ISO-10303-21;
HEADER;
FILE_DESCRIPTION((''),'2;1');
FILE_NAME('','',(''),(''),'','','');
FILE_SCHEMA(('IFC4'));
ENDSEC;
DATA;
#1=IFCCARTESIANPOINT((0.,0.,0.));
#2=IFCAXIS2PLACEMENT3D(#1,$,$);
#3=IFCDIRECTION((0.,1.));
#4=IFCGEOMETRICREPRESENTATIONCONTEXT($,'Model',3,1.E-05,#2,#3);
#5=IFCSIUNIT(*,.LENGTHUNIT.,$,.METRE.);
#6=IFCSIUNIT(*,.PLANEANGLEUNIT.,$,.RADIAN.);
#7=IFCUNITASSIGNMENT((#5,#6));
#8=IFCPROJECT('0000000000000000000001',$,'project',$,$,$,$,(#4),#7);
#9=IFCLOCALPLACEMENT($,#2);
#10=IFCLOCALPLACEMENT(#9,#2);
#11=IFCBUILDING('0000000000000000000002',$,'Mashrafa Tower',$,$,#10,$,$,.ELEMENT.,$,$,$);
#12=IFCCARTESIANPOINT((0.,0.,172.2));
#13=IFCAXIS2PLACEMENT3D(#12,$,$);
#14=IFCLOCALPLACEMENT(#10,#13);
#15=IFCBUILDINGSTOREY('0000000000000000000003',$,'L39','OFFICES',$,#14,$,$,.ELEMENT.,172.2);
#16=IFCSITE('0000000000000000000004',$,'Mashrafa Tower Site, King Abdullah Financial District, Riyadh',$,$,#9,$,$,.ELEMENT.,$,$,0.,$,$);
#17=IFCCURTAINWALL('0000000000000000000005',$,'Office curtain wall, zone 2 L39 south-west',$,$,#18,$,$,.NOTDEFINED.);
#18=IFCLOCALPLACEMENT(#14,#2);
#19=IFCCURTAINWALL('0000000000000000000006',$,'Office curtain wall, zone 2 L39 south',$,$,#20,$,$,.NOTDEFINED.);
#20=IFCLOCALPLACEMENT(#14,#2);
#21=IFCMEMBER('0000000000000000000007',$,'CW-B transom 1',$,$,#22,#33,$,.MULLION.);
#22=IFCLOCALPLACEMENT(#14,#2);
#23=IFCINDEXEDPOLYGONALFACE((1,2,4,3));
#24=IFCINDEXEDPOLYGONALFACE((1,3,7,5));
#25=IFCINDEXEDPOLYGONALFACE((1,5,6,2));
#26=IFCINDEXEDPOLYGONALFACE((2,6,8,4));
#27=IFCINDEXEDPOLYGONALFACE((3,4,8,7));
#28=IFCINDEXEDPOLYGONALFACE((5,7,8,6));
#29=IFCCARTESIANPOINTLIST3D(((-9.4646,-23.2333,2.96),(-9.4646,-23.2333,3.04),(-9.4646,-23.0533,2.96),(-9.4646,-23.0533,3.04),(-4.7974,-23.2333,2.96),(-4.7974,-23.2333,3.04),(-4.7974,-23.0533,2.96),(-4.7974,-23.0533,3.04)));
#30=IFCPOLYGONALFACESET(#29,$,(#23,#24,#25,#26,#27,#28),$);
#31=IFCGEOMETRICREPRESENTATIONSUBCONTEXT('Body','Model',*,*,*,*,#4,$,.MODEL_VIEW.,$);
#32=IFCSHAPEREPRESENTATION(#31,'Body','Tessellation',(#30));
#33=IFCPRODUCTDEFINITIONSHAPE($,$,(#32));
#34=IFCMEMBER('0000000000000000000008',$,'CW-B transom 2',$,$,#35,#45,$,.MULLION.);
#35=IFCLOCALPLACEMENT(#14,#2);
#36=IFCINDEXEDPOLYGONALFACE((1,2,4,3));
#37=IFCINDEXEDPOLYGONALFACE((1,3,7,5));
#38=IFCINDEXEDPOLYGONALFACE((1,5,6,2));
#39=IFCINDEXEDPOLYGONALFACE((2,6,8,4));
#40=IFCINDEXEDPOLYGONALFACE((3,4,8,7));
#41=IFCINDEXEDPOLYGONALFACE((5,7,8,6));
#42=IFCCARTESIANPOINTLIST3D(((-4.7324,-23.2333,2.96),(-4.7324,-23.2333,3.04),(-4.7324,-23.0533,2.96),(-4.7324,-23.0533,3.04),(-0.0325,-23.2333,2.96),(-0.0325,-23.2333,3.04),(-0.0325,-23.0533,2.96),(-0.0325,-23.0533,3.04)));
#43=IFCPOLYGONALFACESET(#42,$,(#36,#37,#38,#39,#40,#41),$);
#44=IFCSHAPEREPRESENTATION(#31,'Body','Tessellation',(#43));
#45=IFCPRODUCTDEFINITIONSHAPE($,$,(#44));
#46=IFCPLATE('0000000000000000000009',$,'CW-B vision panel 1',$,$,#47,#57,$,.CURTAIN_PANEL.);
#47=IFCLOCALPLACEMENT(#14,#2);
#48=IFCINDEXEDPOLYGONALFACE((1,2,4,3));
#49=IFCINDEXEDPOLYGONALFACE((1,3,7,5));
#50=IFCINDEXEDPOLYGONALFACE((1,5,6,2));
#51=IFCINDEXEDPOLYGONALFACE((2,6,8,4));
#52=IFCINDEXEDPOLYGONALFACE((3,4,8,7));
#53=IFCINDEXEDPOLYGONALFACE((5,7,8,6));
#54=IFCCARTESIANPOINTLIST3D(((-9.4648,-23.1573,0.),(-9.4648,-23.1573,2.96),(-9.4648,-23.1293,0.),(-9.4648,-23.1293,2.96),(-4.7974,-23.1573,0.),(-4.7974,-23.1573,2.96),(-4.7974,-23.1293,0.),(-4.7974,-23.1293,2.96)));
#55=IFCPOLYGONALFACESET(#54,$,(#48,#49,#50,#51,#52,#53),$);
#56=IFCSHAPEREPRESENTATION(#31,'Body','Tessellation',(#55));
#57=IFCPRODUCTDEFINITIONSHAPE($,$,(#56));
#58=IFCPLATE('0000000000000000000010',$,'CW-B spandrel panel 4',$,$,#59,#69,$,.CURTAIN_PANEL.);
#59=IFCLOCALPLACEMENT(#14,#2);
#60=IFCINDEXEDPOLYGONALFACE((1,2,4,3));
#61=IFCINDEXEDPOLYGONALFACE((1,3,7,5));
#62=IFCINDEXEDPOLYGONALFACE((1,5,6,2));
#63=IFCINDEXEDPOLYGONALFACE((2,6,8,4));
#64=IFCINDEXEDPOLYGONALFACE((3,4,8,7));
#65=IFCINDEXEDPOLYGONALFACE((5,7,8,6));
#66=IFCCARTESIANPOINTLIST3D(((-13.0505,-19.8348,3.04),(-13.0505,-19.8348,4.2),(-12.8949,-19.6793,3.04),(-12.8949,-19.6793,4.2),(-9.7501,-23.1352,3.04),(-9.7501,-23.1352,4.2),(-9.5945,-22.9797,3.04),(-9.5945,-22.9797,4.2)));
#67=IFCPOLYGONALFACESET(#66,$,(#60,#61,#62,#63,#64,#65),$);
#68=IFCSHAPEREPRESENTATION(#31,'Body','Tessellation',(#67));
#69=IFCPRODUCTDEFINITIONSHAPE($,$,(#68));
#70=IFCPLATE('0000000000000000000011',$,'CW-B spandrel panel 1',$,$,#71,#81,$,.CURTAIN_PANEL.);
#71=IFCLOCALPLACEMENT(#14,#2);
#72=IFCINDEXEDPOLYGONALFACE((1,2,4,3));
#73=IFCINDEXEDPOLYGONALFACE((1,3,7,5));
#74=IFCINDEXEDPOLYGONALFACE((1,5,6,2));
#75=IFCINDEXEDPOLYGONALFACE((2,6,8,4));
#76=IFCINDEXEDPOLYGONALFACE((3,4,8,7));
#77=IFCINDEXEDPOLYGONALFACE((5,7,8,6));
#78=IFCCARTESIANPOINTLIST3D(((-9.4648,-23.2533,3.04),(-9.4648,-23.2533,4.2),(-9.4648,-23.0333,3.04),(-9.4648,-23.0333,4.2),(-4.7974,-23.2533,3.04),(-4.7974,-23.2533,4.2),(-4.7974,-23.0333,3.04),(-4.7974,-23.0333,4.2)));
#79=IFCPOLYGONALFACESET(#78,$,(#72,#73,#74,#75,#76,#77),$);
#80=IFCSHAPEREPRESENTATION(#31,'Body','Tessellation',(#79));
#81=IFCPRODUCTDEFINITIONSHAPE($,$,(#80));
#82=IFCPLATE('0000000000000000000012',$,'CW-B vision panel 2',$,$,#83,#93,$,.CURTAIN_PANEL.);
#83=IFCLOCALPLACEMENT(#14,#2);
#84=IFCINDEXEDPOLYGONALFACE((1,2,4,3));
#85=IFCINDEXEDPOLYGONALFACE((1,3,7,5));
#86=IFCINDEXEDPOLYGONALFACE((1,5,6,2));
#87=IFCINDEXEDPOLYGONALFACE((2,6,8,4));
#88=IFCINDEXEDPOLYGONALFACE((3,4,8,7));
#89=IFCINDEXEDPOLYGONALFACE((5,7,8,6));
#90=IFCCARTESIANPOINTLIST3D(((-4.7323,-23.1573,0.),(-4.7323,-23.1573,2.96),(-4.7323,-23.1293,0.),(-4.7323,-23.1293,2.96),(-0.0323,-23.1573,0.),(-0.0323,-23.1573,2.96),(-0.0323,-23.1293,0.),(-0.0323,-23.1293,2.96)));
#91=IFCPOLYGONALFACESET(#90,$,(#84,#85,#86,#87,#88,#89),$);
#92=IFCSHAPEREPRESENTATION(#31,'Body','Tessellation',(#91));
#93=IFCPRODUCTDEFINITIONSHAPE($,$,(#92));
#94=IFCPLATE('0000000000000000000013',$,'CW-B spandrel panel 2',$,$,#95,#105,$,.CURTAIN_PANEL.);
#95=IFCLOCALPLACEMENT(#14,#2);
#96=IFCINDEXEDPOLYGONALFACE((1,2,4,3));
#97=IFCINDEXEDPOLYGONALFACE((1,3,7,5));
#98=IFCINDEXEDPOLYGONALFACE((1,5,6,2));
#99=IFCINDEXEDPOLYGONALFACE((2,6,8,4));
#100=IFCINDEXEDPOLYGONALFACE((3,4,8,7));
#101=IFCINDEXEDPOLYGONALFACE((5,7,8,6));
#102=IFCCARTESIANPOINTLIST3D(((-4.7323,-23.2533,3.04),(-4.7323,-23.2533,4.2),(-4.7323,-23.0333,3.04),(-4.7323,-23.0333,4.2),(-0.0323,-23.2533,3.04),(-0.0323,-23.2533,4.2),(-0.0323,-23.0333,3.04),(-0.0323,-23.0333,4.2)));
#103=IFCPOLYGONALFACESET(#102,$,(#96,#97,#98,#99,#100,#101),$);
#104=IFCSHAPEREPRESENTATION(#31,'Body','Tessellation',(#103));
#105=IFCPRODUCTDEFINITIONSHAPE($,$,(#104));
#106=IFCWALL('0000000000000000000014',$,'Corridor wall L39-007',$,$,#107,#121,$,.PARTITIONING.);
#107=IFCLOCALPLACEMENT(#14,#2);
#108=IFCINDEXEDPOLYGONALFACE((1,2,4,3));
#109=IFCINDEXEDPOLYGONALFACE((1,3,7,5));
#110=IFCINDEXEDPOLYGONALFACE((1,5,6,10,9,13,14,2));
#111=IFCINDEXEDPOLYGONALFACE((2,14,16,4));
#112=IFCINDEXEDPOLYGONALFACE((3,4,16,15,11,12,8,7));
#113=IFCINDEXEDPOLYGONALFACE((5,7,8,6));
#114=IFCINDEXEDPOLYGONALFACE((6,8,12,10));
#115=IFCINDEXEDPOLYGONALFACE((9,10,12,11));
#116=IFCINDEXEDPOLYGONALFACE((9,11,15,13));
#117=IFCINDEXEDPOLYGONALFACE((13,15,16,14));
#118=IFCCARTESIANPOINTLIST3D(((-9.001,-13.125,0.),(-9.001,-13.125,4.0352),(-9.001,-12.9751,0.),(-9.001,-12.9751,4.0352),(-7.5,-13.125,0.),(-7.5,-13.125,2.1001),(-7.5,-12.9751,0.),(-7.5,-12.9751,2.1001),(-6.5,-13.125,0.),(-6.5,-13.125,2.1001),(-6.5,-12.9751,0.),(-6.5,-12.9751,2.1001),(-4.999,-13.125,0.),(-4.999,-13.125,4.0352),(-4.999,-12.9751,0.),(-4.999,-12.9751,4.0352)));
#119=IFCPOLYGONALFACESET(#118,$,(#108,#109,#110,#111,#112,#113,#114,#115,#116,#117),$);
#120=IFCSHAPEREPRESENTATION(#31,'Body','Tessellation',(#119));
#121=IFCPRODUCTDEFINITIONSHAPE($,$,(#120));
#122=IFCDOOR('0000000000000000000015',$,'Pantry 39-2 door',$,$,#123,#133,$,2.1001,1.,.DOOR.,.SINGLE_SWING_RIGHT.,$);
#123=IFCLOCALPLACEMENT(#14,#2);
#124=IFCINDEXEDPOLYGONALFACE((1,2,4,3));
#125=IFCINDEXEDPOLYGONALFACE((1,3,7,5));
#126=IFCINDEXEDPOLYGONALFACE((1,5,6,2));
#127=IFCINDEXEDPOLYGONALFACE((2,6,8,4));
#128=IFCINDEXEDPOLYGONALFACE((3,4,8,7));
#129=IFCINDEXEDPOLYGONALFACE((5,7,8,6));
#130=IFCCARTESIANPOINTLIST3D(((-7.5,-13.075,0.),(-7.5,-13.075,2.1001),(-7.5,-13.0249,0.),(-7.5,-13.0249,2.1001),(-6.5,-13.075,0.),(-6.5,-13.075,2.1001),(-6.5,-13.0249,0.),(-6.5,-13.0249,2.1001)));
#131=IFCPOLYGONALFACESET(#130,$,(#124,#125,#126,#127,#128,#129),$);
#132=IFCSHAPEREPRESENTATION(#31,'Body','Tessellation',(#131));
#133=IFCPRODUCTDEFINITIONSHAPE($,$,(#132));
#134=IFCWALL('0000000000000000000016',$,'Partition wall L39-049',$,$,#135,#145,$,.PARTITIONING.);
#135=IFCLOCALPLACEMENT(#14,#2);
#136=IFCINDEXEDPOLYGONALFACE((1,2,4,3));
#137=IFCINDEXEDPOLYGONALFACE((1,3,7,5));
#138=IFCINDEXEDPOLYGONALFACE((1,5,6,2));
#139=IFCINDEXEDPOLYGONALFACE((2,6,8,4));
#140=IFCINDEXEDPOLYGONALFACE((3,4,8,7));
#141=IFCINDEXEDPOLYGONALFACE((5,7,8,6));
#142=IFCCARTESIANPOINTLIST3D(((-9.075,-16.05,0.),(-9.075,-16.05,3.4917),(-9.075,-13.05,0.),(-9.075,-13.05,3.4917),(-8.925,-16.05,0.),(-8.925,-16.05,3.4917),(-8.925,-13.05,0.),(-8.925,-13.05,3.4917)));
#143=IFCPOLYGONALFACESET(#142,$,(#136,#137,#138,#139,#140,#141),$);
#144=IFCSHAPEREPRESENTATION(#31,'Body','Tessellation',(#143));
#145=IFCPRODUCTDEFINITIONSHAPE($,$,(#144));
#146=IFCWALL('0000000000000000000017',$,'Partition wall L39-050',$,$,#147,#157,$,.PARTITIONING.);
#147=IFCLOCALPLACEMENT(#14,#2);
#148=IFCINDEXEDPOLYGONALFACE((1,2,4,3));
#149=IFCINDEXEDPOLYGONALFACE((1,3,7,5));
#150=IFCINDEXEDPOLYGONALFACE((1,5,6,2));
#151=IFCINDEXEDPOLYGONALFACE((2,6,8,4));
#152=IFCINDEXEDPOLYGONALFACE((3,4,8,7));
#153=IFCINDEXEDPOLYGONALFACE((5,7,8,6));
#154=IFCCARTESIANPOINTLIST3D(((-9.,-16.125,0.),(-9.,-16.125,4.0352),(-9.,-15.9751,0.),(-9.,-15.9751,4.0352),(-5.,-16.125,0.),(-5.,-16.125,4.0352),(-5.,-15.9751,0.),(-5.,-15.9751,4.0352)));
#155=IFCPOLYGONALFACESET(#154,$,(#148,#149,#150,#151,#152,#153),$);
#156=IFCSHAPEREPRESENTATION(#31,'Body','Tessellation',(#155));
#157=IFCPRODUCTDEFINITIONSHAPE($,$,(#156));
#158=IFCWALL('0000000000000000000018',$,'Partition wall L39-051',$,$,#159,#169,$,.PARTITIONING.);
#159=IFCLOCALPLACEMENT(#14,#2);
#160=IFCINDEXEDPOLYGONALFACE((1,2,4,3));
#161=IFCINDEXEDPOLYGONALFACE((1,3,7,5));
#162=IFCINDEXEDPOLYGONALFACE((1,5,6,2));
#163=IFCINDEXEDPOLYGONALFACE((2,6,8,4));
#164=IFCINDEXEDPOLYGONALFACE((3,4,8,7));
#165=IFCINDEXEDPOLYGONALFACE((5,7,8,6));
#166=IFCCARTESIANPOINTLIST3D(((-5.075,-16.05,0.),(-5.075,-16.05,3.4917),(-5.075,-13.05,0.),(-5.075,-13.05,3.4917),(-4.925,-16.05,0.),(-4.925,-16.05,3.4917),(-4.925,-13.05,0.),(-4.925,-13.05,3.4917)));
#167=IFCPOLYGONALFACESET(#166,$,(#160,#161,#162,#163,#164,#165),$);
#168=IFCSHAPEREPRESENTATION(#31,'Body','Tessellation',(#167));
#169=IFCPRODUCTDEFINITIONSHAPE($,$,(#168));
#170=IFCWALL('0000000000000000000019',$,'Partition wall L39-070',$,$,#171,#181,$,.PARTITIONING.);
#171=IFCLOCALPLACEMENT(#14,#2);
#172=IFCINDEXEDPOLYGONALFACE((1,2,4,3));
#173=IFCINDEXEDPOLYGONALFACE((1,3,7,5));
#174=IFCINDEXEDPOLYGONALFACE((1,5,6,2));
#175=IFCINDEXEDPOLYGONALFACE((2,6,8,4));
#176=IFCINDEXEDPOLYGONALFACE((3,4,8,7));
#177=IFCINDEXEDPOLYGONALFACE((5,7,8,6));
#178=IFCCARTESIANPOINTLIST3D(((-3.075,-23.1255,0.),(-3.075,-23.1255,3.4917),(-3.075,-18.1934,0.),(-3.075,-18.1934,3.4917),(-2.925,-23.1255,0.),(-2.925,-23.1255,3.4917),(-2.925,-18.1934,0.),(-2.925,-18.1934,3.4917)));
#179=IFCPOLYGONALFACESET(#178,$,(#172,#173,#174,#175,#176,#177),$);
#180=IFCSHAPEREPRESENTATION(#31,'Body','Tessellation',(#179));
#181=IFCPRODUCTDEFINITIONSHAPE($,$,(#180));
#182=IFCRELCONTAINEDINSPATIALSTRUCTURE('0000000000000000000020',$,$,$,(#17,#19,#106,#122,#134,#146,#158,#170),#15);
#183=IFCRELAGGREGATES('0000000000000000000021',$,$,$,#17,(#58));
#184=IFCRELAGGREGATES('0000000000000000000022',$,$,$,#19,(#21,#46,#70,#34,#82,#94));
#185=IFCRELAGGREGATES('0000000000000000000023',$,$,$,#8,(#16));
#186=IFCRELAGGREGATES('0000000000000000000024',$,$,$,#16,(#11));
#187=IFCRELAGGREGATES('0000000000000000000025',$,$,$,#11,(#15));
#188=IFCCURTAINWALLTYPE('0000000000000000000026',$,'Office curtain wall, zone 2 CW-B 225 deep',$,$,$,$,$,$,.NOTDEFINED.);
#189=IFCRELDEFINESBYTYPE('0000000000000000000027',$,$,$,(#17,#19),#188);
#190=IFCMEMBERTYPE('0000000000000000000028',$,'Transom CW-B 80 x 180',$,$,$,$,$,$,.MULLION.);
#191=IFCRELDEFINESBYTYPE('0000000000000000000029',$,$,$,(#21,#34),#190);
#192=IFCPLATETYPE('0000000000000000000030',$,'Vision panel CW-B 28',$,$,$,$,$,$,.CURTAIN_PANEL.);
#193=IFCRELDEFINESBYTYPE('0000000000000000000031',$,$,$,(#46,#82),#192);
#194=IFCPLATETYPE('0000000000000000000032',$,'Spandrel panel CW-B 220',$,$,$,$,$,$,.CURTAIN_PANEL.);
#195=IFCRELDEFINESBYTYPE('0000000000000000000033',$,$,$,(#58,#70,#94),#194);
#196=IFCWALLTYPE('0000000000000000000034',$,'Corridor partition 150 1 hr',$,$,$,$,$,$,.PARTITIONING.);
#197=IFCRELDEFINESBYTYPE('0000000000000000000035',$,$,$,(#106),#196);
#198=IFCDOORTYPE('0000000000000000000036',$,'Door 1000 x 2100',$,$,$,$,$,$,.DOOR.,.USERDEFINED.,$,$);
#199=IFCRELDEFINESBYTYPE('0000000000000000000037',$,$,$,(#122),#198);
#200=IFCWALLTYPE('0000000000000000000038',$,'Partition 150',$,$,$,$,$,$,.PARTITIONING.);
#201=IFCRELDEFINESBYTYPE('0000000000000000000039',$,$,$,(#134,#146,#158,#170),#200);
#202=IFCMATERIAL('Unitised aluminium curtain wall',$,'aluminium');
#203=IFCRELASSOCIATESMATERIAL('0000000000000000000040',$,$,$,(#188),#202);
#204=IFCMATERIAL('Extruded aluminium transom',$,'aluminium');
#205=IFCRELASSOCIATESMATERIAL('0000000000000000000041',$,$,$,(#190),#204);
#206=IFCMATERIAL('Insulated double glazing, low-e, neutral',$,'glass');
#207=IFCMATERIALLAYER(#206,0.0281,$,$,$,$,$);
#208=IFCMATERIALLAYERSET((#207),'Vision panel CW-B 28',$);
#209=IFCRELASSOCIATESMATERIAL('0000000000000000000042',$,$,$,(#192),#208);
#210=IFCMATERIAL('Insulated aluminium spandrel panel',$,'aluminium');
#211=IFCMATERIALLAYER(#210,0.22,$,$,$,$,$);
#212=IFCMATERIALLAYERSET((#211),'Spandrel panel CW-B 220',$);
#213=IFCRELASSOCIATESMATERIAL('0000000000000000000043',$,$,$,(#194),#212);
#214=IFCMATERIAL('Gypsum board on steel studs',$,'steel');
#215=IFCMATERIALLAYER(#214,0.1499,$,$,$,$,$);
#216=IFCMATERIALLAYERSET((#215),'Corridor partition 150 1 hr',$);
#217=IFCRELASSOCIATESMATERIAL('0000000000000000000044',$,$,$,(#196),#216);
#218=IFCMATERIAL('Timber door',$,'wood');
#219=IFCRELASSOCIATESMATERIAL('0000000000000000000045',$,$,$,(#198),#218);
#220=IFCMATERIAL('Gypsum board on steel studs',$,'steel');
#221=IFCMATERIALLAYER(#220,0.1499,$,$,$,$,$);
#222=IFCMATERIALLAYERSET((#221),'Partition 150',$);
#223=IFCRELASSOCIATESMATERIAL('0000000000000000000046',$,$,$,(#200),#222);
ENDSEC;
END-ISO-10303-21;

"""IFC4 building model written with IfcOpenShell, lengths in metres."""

from ifc_helpers import new_model, si_unit, direction, frame, frame_2d, origin, origin_2d, place, context, subcontext, project, spatial, rectangle, extrude, source, transform, mapped, material, layer, layer_set, material_profile, profile_set, type_object, type_shapes, element, fill, aggregate, save


model = new_model("IFC4")

# Units and contexts
model_context = context("Model", 3, precision=1e-05, world=origin(), true_north=direction((0.0, 1.0)))
body_context = subcontext(model_context, "Body", "Model", "MODEL_VIEW")
ifc_project = project(units=[si_unit("LENGTHUNIT", "METRE"), si_unit("PLANEANGLEUNIT", "RADIAN")], contexts=[model_context])

# Site, building, storey
site_placement = place(None, origin())
site = spatial("IfcSite", under=ifc_project, at=site_placement, Name="Mashrafa Tower Site, King Abdullah Financial District, Riyadh", CompositionType="ELEMENT", RefElevation=0.0)
building_placement = place(site_placement, origin())
building = spatial("IfcBuilding", under=site, at=building_placement, Name="Mashrafa Tower", CompositionType="ELEMENT")
storey_placement = place(building_placement, frame((0.0, 0.0, 172.2)))
storey = spatial("IfcBuildingStorey", under=building, at=storey_placement, Name="L39", Description="OFFICES", CompositionType="ELEMENT", Elevation=172.2)

# Curtain wall
ifc_material_1 = material(Name="Unitised aluminium curtain wall", Category="aluminium")
curtain_wall_type = type_object("IfcCurtainWallType", Name="Office curtain wall, zone 2 CW-B 225 deep", PredefinedType="NOTDEFINED", material=ifc_material_1)
curtain_wall_1_placement = place(storey_placement, origin())
curtain_wall_1 = element("IfcCurtainWall", 1, at=curtain_wall_1_placement, inside=storey, type_object=curtain_wall_type, Name="Office curtain wall, zone 2 L39 south-west", PredefinedType="NOTDEFINED")

# Curtain wall, members, plate
curtain_wall_2_placement = place(storey_placement, origin())
curtain_wall_2 = element("IfcCurtainWall", 2, at=curtain_wall_2_placement, inside=storey, type_object=curtain_wall_type, Name="Office curtain wall, zone 2 L39 south", PredefinedType="NOTDEFINED")
ifc_material_2 = material(Name="Extruded aluminium transom", Category="aluminium")
ifc_material_profile_1 = material_profile(ifc_material_2, rectangle(XDim=0.1799, YDim=0.0801, at=origin_2d()), Name="Transom 80x180")
ifc_profile_set_1 = profile_set([ifc_material_profile_1], Name="Extruded aluminium transom")
member_type_1 = type_object("IfcMemberType", Name="Transom CW-B 80 x 180", PredefinedType="MULLION", material=ifc_profile_set_1)
shared_shape_1 = source(origin(), body_context, "Body", "SweptSolid", [
    extrude(rectangle(XDim=0.1799, YDim=0.0801, at=origin_2d()), origin(), (0.0, 0.0, 1.0), 4.6672),
])
member_1_placement = place(storey_placement, frame((-9.4646, -23.1433, 3.0), z_axis=(1.0, 0.0, 0.0), x_axis=(0.0, 1.0, 0.0)))
member_1 = element("IfcMember", 3, at=member_1_placement, type_object=member_type_1, Name="CW-B transom 1", PredefinedType="MULLION", context=body_context, shape_type="MappedRepresentation", body=[
    mapped(shared_shape_1, transform((0.0, 0.0, 0.0))),
])
shared_shape_2 = source(origin(), body_context, "Body", "SweptSolid", [
    extrude(rectangle(XDim=0.1799, YDim=0.0801, at=origin_2d()), origin(), (0.0, 0.0, 1.0), 4.7),
])
type_shapes(member_type_1, [shared_shape_1, shared_shape_2])
member_2_placement = place(storey_placement, frame((-4.7324, -23.1433, 3.0), z_axis=(1.0, 0.0, 0.0), x_axis=(0.0, 1.0, 0.0)))
member_2 = element("IfcMember", 4, at=member_2_placement, type_object=member_type_1, Name="CW-B transom 2", PredefinedType="MULLION", context=body_context, shape_type="MappedRepresentation", body=[
    mapped(shared_shape_2, transform((0.0, 0.0, 0.0))),
])
ifc_material_3 = material(Name="Insulated double glazing, low-e, neutral", Category="glass")
ifc_layer_1 = layer(ifc_material_3, 0.0281)
ifc_layer_set_1 = layer_set([ifc_layer_1], Name="Vision panel CW-B 28")
plate_type_1 = type_object("IfcPlateType", Name="Vision panel CW-B 28", PredefinedType="CURTAIN_PANEL", material=ifc_layer_set_1)
shared_shape_3 = source(origin(), body_context, "Body", "SweptSolid", [
    extrude(rectangle(XDim=4.6675, YDim=0.0281, at=origin_2d()), origin(), (0.0, 0.0, 1.0), 2.96),
])
plate_1_placement = place(storey_placement, frame((-7.1311, -23.1433, 0.0), z_axis=(0.0, 0.0, 1.0), x_axis=(1.0, 0.0, 0.0)))
plate_1 = element("IfcPlate", 5, at=plate_1_placement, type_object=plate_type_1, Name="CW-B vision panel 1", PredefinedType="CURTAIN_PANEL", context=body_context, shape_type="MappedRepresentation", body=[
    mapped(shared_shape_3, transform((0.0, 0.0, 0.0))),
])

# Plates
ifc_material_4 = material(Name="Insulated aluminium spandrel panel", Category="aluminium")
ifc_layer_2 = layer(ifc_material_4, 0.22)
ifc_layer_set_2 = layer_set([ifc_layer_2], Name="Spandrel panel CW-B 220")
plate_type_2 = type_object("IfcPlateType", Name="Spandrel panel CW-B 220", PredefinedType="CURTAIN_PANEL", material=ifc_layer_set_2)
shared_shape_4 = source(origin(), body_context, "Body", "SweptSolid", [
    extrude(rectangle(XDim=4.6675, YDim=0.22, at=origin_2d()), origin(), (0.0, 0.0, 1.0), 1.1599),
])
plate_2_placement = place(storey_placement, frame((-11.3225, -21.4072, 3.04), z_axis=(0.0, 0.0, 1.0), x_axis=(0.707107, -0.707107, 0.0)))
plate_2 = element("IfcPlate", 6, at=plate_2_placement, type_object=plate_type_2, Name="CW-B spandrel panel 4", PredefinedType="CURTAIN_PANEL", context=body_context, shape_type="MappedRepresentation", body=[
    mapped(shared_shape_4, transform((0.0, 0.0, 0.0))),
])
aggregate(curtain_wall_1, [plate_2])
plate_3_placement = place(storey_placement, frame((-7.1311, -23.1433, 3.04), z_axis=(0.0, 0.0, 1.0), x_axis=(1.0, 0.0, 0.0)))
plate_3 = element("IfcPlate", 7, at=plate_3_placement, type_object=plate_type_2, Name="CW-B spandrel panel 1", PredefinedType="CURTAIN_PANEL", context=body_context, shape_type="MappedRepresentation", body=[
    mapped(shared_shape_4, transform((0.0, 0.0, 0.0))),
])
shared_shape_5 = source(origin(), body_context, "Body", "SweptSolid", [
    extrude(rectangle(XDim=4.7, YDim=0.0281, at=origin_2d()), origin(), (0.0, 0.0, 1.0), 2.96),
])
type_shapes(plate_type_1, [shared_shape_3, shared_shape_5])
plate_4_placement = place(storey_placement, frame((-2.3823, -23.1433, 0.0), z_axis=(0.0, 0.0, 1.0), x_axis=(1.0, 0.0, 0.0)))
plate_4 = element("IfcPlate", 8, at=plate_4_placement, type_object=plate_type_1, Name="CW-B vision panel 2", PredefinedType="CURTAIN_PANEL", context=body_context, shape_type="MappedRepresentation", body=[
    mapped(shared_shape_5, transform((0.0, 0.0, 0.0))),
])
shared_shape_6 = source(origin(), body_context, "Body", "SweptSolid", [
    extrude(rectangle(XDim=4.7, YDim=0.22, at=origin_2d()), origin(), (0.0, 0.0, 1.0), 1.1599),
])
type_shapes(plate_type_2, [shared_shape_4, shared_shape_6])
plate_5_placement = place(storey_placement, frame((-2.3823, -23.1433, 3.04), z_axis=(0.0, 0.0, 1.0), x_axis=(1.0, 0.0, 0.0)))
plate_5 = element("IfcPlate", 9, at=plate_5_placement, type_object=plate_type_2, Name="CW-B spandrel panel 2", PredefinedType="CURTAIN_PANEL", context=body_context, shape_type="MappedRepresentation", body=[
    mapped(shared_shape_6, transform((0.0, 0.0, 0.0))),
])
aggregate(curtain_wall_2, [member_1, plate_1, plate_3, member_2, plate_4, plate_5])

# Wall, opening, door
ifc_material_5 = material(Name="Gypsum board on steel studs", Category="steel")
ifc_layer_3 = layer(ifc_material_5, 0.1499)
ifc_layer_set_3 = layer_set([ifc_layer_3], Name="Corridor partition 150 1 hr")
wall_type_1 = type_object("IfcWallType", Name="Corridor partition 150 1 hr", PredefinedType="PARTITIONING", material=ifc_layer_set_3)
wall_1_placement = place(storey_placement, frame((-9.001, -13.05, 0.0), z_axis=(0.0, 0.0, 1.0), x_axis=(1.0, 0.0, 0.0)))
wall_1 = element("IfcWall", 10, at=wall_1_placement, inside=storey, type_object=wall_type_1, Name="Corridor wall L39-007", PredefinedType="PARTITIONING", context=body_context, shape_type="SweptSolid", body=[
    extrude(rectangle(XDim=4.002, YDim=0.1499, at=frame_2d((2.001, 0.0))), origin(), (0.0, 0.0, 1.0), 4.0352),
])
opening_1_placement = place(wall_1_placement, frame((1.501, 0.0, 0.0)))
opening_1 = element("IfcOpeningElement", 11, at=opening_1_placement, cuts=wall_1, PredefinedType="OPENING", context=body_context, shape_type="SweptSolid", body=[
    extrude(rectangle(XDim=1.0, YDim=2.1001, at=frame_2d((0.5, 1.05))), frame((0.0, 0.085, 0.0), z_axis=(0.0, -1.0, 0.0), x_axis=(1.0, 0.0, 0.0)), (0.0, 0.0, 1.0), 0.1699),
])
ifc_material_6 = material(Name="Timber door", Category="wood")
door_type = type_object("IfcDoorType", Name="Door 1000 x 2100", OperationType="USERDEFINED", PredefinedType="DOOR", material=ifc_material_6)
door_1_placement = place(opening_1_placement, frame((1.0, 0.0, 0.0), z_axis=(0.0, 0.0, 1.0), x_axis=(-1.0, 0.0, 0.0)))
door_1 = element("IfcDoor", 12, at=door_1_placement, inside=storey, type_object=door_type, Name="Pantry 39-2 door", OperationType="SINGLE_SWING_RIGHT", OverallHeight=2.1001, OverallWidth=1.0, PredefinedType="DOOR", context=body_context, shape_type="SweptSolid", body=[
    extrude(rectangle(XDim=1.0, YDim=2.1001, at=frame_2d((0.5, 1.05))), frame((0.0, 0.0249, 0.0), z_axis=(0.0, -1.0, 0.0), x_axis=(1.0, 0.0, 0.0)), (0.0, 0.0, 1.0), 0.05),
])
fill(opening_1, door_1)

# Walls
ifc_material_7 = material(Name="Gypsum board on steel studs", Category="steel")
ifc_layer_4 = layer(ifc_material_7, 0.1499)
ifc_layer_set_4 = layer_set([ifc_layer_4], Name="Partition 150")
wall_type_2 = type_object("IfcWallType", Name="Partition 150", PredefinedType="PARTITIONING", material=ifc_layer_set_4)
wall_2_placement = place(storey_placement, frame((-9.0, -13.05, 0.0), z_axis=(0.0, 0.0, 1.0), x_axis=(0.0, -1.0, 0.0)))
element("IfcWall", 13, at=wall_2_placement, inside=storey, type_object=wall_type_2, Name="Partition wall L39-049", PredefinedType="PARTITIONING", context=body_context, shape_type="SweptSolid", body=[
    extrude(rectangle(XDim=3.0, YDim=0.1499, at=frame_2d((1.5, 0.0))), origin(), (0.0, 0.0, 1.0), 3.4917),
])
wall_3_placement = place(storey_placement, frame((-9.0, -16.05, 0.0), z_axis=(0.0, 0.0, 1.0), x_axis=(1.0, 0.0, 0.0)))
element("IfcWall", 14, at=wall_3_placement, inside=storey, type_object=wall_type_2, Name="Partition wall L39-050", PredefinedType="PARTITIONING", context=body_context, shape_type="SweptSolid", body=[
    extrude(rectangle(XDim=4.0, YDim=0.1499, at=frame_2d((2.0, 0.0))), origin(), (0.0, 0.0, 1.0), 4.0352),
])
wall_4_placement = place(storey_placement, frame((-5.0, -16.05, 0.0), z_axis=(0.0, 0.0, 1.0), x_axis=(0.0, 1.0, 0.0)))
element("IfcWall", 15, at=wall_4_placement, inside=storey, type_object=wall_type_2, Name="Partition wall L39-051", PredefinedType="PARTITIONING", context=body_context, shape_type="SweptSolid", body=[
    extrude(rectangle(XDim=3.0, YDim=0.1499, at=frame_2d((1.5, 0.0))), origin(), (0.0, 0.0, 1.0), 3.4917),
])
wall_5_placement = place(storey_placement, frame((-3.0, -23.1255, 0.0), z_axis=(0.0, 0.0, 1.0), x_axis=(0.0, 1.0, 0.0)))
element("IfcWall", 16, at=wall_5_placement, inside=storey, type_object=wall_type_2, Name="Partition wall L39-070", PredefinedType="PARTITIONING", context=body_context, shape_type="SweptSolid", body=[
    extrude(rectangle(XDim=4.9321, YDim=0.1499, at=frame_2d((2.4661, 0.0))), origin(), (0.0, 0.0, 1.0), 3.4917),
])

save(model, "model.ifc")
